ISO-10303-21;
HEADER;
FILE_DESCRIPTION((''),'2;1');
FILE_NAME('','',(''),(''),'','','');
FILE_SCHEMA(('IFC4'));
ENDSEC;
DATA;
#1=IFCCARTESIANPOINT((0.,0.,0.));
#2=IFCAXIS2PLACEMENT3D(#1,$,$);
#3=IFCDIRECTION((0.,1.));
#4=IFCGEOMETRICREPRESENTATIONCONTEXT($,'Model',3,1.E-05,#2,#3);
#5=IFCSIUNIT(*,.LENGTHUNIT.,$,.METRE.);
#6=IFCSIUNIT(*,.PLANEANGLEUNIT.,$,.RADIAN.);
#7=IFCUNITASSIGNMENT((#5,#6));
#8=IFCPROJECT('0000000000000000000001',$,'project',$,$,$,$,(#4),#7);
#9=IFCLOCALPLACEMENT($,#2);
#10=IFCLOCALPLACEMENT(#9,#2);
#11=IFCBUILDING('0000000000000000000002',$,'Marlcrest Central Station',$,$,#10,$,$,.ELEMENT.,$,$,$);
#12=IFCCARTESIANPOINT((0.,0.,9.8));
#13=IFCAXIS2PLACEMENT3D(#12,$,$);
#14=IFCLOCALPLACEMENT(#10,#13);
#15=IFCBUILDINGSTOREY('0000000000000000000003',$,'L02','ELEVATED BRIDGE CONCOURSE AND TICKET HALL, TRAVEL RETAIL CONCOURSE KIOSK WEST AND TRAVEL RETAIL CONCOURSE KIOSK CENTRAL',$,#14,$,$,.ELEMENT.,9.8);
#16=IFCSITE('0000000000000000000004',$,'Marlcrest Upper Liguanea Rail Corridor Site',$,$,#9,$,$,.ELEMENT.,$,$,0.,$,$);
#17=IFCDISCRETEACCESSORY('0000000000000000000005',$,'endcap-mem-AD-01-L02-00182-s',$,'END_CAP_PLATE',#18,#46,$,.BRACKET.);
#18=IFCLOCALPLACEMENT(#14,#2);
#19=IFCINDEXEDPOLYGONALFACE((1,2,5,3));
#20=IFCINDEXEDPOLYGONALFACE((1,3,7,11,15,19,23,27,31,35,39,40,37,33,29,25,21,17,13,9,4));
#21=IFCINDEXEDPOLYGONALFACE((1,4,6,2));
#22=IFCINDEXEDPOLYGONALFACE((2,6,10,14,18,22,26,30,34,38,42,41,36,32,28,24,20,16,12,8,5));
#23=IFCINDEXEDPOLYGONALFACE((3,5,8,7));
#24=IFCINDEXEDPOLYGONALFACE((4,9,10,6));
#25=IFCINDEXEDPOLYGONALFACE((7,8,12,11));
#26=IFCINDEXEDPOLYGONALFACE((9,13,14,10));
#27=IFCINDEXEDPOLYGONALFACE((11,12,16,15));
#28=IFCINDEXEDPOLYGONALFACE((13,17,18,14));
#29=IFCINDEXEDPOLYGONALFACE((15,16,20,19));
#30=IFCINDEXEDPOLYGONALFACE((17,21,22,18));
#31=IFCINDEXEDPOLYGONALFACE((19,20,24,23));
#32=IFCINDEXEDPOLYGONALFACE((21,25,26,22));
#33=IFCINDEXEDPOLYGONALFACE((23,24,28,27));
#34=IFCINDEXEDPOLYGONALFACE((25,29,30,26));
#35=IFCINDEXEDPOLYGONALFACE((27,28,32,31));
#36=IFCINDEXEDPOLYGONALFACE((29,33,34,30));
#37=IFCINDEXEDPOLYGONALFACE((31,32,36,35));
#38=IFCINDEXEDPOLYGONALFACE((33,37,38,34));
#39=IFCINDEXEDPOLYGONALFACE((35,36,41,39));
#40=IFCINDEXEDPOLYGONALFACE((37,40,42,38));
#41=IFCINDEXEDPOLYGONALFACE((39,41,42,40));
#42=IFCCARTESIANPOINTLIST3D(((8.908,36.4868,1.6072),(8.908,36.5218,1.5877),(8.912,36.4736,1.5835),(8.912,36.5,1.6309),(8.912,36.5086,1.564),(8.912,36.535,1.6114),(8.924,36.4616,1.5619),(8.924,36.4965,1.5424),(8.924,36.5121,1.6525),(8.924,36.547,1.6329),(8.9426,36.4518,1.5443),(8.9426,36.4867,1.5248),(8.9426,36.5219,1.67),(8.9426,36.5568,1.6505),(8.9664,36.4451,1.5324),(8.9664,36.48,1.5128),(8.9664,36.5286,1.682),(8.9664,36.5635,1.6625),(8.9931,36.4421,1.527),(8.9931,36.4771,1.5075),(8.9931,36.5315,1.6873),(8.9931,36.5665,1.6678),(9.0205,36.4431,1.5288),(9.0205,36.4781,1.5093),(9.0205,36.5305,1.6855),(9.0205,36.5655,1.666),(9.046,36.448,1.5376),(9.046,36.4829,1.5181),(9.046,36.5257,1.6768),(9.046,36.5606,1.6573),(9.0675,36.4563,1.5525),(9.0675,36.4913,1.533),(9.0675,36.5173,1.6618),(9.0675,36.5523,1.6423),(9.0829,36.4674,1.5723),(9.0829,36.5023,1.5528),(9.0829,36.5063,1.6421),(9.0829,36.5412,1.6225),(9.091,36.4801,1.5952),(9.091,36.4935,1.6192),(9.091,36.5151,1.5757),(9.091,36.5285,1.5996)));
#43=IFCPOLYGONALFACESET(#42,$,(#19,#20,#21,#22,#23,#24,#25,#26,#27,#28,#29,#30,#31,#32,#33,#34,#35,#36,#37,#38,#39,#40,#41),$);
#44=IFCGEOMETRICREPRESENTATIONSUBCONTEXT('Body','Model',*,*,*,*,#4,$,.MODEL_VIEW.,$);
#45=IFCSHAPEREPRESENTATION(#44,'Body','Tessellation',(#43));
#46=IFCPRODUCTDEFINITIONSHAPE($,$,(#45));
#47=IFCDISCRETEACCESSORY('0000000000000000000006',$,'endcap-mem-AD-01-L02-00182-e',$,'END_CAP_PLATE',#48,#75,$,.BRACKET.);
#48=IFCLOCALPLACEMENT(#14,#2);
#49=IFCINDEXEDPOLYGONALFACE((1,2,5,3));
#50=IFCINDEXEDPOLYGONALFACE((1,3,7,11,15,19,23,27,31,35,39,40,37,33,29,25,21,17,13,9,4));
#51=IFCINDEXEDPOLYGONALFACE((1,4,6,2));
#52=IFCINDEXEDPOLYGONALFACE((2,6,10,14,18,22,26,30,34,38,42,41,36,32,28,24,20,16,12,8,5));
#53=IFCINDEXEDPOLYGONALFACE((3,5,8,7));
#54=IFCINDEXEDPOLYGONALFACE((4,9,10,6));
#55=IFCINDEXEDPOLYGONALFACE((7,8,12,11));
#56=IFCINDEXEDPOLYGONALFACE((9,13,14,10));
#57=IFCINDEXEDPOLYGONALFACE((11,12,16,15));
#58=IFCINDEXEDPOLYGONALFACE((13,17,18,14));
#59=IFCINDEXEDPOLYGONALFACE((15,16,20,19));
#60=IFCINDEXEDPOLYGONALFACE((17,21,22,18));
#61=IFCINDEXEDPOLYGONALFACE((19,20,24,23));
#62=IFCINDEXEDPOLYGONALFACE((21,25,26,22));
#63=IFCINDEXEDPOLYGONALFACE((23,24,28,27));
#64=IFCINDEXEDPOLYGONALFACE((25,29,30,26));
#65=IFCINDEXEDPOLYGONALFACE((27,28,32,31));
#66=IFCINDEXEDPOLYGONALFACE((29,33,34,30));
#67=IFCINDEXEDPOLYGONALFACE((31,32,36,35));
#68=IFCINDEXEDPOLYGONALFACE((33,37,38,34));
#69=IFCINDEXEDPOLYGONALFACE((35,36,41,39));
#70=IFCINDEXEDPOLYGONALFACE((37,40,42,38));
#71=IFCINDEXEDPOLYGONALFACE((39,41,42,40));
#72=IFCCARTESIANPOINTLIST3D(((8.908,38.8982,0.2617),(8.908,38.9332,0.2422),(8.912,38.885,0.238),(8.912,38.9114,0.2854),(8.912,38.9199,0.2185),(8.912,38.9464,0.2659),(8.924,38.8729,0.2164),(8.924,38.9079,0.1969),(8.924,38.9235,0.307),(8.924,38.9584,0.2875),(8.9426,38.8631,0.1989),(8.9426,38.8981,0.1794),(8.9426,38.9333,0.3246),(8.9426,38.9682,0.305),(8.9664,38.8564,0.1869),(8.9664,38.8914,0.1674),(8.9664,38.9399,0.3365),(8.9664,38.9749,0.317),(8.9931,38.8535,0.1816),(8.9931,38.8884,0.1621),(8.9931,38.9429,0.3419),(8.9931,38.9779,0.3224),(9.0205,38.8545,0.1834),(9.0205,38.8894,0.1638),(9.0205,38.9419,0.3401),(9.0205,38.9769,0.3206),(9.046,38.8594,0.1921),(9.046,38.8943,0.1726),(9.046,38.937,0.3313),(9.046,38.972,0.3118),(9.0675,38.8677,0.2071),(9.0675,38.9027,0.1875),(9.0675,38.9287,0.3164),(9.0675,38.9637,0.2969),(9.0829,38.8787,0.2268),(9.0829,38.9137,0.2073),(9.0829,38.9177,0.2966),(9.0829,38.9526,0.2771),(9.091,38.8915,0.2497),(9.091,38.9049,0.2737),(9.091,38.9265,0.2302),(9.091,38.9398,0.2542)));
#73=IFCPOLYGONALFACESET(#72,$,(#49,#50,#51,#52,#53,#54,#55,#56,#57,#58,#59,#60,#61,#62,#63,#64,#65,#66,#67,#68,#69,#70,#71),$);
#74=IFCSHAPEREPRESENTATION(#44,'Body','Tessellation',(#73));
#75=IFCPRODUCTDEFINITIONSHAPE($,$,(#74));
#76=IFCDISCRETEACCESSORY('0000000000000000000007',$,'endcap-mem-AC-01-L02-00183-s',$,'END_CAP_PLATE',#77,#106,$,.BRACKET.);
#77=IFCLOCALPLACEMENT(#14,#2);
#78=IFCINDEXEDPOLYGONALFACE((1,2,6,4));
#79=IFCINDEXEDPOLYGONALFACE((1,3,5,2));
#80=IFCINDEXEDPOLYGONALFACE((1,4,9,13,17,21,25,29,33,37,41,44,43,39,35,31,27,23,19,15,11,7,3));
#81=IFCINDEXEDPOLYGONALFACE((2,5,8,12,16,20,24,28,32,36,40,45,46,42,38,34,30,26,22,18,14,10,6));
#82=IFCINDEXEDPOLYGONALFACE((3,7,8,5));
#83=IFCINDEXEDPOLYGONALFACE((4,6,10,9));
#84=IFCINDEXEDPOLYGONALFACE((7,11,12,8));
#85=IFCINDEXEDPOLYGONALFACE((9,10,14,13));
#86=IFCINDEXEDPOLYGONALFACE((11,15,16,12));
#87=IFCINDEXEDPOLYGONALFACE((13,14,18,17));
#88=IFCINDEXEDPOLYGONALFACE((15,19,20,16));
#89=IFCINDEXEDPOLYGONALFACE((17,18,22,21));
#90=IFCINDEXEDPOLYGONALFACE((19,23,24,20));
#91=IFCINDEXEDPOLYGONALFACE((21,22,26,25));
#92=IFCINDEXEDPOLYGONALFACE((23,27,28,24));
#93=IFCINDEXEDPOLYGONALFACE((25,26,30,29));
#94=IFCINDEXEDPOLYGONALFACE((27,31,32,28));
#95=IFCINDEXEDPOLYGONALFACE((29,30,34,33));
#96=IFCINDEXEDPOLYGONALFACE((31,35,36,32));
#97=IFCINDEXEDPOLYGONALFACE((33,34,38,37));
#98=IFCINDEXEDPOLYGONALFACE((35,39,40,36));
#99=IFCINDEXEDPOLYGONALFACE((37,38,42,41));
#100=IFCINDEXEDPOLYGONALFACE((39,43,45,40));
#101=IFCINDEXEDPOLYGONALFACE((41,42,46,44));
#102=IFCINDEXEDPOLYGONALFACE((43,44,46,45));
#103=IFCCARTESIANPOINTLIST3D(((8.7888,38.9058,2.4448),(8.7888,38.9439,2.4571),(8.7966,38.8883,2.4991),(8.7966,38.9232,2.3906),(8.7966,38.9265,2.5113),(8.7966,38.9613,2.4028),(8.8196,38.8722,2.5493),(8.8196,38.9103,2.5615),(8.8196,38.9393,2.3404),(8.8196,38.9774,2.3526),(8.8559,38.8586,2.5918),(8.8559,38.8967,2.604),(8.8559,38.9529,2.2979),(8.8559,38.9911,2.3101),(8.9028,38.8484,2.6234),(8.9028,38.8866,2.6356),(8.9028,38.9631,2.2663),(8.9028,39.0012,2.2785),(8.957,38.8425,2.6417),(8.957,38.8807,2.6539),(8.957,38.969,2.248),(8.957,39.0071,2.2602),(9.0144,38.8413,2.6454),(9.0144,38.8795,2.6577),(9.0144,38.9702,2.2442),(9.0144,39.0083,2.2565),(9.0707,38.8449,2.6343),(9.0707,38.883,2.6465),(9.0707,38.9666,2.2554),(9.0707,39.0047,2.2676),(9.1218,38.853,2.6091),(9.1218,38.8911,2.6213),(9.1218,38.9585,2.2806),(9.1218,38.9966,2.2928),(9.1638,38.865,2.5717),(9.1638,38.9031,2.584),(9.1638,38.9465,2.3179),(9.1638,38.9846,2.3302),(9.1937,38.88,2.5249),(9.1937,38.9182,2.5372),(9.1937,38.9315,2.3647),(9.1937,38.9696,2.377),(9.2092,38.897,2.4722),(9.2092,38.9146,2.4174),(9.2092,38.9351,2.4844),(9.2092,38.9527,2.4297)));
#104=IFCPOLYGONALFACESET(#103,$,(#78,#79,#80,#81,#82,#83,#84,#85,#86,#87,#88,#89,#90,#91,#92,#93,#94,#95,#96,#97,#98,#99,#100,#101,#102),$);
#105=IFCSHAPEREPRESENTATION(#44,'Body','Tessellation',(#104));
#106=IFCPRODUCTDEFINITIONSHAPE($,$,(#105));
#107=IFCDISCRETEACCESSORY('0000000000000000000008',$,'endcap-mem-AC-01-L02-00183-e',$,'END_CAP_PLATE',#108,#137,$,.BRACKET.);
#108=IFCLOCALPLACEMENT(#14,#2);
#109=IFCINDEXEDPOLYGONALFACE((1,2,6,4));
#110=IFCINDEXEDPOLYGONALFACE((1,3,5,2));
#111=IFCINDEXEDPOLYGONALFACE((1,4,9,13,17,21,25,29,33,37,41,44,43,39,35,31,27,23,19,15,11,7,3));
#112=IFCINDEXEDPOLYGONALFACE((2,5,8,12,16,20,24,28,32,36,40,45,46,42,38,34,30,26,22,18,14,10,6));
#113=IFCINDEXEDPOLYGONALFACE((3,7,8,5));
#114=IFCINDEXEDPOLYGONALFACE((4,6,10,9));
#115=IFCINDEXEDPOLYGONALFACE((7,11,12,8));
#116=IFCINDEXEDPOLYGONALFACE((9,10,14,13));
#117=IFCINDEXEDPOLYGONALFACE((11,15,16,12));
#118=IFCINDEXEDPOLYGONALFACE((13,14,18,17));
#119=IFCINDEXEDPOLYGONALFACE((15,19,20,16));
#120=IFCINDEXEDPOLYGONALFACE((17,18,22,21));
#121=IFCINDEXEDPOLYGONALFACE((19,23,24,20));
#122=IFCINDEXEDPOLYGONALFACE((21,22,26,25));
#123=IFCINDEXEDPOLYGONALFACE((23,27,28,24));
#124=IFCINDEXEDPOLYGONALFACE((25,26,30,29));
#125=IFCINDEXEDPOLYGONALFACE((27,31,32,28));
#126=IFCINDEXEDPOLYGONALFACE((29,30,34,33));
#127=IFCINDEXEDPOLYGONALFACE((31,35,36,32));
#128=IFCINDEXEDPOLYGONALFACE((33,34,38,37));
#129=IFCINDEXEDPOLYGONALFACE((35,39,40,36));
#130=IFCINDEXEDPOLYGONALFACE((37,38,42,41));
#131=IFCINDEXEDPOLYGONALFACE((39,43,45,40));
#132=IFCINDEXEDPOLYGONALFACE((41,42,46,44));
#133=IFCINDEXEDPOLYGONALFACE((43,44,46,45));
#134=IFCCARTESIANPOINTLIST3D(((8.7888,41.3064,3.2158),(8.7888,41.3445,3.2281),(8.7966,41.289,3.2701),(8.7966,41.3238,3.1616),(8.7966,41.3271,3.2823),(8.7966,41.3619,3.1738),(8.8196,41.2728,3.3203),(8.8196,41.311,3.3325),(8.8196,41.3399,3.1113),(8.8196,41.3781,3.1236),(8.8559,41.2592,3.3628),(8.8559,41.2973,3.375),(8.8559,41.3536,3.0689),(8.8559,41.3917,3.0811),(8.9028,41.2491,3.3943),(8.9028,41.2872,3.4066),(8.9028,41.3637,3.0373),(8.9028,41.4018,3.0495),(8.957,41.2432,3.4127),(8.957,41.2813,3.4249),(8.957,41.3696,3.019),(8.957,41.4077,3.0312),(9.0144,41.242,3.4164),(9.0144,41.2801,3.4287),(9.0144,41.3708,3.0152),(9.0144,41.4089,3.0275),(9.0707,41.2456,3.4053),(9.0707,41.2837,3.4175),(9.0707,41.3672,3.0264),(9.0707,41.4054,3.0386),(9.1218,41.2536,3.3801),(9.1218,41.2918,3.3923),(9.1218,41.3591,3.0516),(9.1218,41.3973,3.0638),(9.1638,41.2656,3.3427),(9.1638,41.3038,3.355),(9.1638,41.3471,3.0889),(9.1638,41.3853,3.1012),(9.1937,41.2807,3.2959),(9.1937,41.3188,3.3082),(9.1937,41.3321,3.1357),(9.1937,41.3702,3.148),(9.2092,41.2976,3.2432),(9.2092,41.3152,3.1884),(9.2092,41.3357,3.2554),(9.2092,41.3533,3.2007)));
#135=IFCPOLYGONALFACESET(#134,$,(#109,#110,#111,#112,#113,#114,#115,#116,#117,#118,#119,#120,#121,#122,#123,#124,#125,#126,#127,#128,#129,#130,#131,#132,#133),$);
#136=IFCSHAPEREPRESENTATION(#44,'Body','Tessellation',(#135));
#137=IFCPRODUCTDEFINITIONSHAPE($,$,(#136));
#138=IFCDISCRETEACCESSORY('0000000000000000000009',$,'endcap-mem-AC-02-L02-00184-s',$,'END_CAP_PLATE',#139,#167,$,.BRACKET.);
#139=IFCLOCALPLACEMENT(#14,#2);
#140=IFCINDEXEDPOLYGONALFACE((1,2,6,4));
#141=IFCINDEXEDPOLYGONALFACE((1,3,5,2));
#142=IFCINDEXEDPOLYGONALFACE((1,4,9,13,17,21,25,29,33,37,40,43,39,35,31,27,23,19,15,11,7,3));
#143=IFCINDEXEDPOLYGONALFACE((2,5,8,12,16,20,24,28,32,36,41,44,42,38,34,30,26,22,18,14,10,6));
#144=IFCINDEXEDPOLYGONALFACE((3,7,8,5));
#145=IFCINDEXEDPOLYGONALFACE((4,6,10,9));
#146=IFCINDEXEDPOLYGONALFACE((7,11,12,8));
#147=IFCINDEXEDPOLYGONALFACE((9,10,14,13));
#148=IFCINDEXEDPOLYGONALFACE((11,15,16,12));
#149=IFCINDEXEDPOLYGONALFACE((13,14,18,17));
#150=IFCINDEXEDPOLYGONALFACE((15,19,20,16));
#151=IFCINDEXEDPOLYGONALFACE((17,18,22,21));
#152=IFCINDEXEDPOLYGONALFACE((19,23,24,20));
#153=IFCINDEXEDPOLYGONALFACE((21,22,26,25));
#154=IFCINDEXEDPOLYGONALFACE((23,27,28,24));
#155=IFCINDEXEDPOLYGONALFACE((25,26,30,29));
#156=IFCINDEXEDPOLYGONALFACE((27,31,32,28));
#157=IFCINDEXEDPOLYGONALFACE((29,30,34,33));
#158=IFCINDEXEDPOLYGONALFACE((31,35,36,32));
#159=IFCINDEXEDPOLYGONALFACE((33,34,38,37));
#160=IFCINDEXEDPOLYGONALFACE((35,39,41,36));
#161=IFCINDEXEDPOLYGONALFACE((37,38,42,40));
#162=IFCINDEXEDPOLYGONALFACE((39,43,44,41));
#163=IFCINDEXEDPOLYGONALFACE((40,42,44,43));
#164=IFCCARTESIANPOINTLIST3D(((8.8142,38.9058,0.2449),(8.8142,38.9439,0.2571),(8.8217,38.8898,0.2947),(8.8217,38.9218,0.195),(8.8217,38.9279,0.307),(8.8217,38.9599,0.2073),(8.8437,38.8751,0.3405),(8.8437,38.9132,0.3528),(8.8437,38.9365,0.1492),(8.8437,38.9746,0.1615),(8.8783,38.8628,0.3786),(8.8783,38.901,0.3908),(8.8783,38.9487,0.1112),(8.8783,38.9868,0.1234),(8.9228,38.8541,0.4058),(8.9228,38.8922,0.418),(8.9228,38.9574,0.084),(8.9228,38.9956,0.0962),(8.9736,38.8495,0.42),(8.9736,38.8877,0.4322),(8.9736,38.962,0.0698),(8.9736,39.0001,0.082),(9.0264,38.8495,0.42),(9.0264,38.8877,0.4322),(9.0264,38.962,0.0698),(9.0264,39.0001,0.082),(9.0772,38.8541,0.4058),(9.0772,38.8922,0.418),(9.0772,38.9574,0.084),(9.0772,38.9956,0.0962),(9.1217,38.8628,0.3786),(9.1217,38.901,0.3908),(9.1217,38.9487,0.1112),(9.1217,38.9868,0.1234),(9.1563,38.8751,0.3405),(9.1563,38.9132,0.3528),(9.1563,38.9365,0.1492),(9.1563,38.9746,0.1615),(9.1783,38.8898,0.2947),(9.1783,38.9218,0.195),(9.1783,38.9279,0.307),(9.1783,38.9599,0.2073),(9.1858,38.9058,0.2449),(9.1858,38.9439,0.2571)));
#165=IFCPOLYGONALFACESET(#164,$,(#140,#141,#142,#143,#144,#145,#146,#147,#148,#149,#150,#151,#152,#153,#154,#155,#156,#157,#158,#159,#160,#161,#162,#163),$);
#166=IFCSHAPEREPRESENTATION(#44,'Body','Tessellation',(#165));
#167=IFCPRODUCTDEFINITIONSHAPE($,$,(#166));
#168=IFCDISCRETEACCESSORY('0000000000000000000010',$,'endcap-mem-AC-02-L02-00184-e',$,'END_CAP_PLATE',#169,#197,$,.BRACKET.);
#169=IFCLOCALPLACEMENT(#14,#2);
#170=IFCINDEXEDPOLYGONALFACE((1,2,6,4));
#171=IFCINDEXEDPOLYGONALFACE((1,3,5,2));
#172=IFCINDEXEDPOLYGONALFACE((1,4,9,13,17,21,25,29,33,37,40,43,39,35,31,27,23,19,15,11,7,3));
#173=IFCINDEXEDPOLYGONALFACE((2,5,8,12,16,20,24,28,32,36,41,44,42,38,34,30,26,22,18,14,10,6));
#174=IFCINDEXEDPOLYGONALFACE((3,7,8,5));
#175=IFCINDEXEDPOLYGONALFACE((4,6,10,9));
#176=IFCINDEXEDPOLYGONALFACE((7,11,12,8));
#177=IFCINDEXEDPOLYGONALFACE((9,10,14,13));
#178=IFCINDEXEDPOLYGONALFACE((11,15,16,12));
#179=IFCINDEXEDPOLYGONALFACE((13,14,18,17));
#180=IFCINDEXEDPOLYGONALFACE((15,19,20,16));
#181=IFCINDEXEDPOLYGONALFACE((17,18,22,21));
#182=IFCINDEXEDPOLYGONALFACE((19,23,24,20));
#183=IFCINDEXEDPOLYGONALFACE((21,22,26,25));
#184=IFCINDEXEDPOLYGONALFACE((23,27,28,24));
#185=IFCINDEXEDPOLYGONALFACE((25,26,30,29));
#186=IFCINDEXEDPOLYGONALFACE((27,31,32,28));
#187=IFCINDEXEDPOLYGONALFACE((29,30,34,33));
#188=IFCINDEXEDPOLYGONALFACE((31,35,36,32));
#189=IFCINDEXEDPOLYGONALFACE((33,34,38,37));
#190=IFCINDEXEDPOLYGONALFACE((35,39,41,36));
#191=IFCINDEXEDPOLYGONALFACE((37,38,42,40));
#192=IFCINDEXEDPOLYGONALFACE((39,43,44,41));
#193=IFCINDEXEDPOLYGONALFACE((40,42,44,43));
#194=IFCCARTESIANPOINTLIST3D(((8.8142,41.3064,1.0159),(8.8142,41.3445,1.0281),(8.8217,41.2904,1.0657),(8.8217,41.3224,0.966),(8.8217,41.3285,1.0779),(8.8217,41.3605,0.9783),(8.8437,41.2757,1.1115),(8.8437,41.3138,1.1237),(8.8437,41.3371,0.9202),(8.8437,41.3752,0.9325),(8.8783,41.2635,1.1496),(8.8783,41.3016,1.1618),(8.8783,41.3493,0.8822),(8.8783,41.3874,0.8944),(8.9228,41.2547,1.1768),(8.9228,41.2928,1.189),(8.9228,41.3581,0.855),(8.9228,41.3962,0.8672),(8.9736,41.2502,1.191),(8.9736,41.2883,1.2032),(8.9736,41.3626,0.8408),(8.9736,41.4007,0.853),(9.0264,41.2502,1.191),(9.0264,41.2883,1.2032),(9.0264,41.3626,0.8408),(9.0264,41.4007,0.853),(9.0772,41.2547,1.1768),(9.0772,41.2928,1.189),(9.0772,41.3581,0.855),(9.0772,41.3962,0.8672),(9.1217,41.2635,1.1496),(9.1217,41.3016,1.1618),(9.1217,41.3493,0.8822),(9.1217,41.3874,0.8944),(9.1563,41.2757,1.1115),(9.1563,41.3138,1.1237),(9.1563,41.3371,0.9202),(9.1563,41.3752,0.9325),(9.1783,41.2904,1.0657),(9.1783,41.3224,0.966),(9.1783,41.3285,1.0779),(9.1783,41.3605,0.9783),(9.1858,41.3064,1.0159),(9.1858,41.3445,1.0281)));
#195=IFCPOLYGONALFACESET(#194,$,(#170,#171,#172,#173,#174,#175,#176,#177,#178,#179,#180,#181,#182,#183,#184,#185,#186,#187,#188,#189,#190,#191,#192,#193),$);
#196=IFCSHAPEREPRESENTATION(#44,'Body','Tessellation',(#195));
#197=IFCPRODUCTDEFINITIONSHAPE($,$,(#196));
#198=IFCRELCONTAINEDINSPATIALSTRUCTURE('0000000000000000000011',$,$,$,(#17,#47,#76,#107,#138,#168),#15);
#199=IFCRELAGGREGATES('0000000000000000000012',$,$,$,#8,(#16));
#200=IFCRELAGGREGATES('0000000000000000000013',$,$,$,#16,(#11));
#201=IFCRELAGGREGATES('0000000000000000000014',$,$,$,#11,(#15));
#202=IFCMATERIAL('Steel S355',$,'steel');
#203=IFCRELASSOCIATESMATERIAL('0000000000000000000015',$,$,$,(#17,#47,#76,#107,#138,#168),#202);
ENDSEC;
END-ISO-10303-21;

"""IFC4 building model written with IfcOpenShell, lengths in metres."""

from ifc_helpers import new_model, si_unit, direction, frame, origin, origin_2d, place, context, subcontext, project, spatial, circle, extrude, material, element, save


model = new_model("IFC4")

# Units and contexts
model_context = context("Model", 3, precision=1e-05, world=origin(), true_north=direction((0.0, 1.0)))
body_context = subcontext(model_context, "Body", "Model", "MODEL_VIEW")
ifc_project = project(units=[si_unit("LENGTHUNIT", "METRE"), si_unit("PLANEANGLEUNIT", "RADIAN")], contexts=[model_context])

# Site, building, storey
site_placement = place(None, origin())
site = spatial("IfcSite", under=ifc_project, at=site_placement, Name="Marlcrest Upper Liguanea Rail Corridor Site", CompositionType="ELEMENT", RefElevation=0.0)
building_placement = place(site_placement, origin())
building = spatial("IfcBuilding", under=site, at=building_placement, Name="Marlcrest Central Station", CompositionType="ELEMENT")
storey_placement = place(building_placement, frame((0.0, 0.0, 9.8)))
storey = spatial("IfcBuildingStorey", under=building, at=storey_placement, Name="L02", Description="ELEVATED BRIDGE CONCOURSE AND TICKET HALL, TRAVEL RETAIL CONCOURSE KIOSK WEST AND TRAVEL RETAIL CONCOURSE KIOSK CENTRAL", CompositionType="ELEMENT", Elevation=9.8)

# Shared definitions
ifc_material_1 = material(Name="Steel S355", Category="steel")

# Discrete accessories
for number, where, z_axis, x_axis, name in (
    (1, (9.0, 36.4868, 1.6072), (0.0, 0.873246, -0.48728), (-1.0, 0.0, 0.0), "endcap-mem-AD-01-L02-00182-s"),
    (2, (9.0, 38.8982, 0.2617), (0.0, 0.873246, -0.48728), (-1.0, 0.0, 0.0), "endcap-mem-AD-01-L02-00182-e"),
):
    element("IfcDiscreteAccessory", number, at=place(storey_placement, frame(where, z_axis=z_axis, x_axis=x_axis)), inside=storey, material=ifc_material_1, Name=name, ObjectType="END_CAP_PLATE", PredefinedType="BRACKET", context=body_context, shape_type="SweptSolid", body=[
        extrude(circle(Radius=0.092, at=origin_2d()), origin(), (0.0, 0.0, 1.0), 0.04),
    ])
for number, where, z_axis, x_axis, name in (
    (3, (9.0, 38.9058, 2.4448), (0.0, 0.952117, 0.305734), (-1.0, 0.0, 0.0), "endcap-mem-AC-01-L02-00183-s"),
    (4, (9.0, 41.3064, 3.2158), (0.0, 0.952117, 0.305734), (-1.0, 0.0, 0.0), "endcap-mem-AC-01-L02-00183-e"),
):
    element("IfcDiscreteAccessory", number, at=place(storey_placement, frame(where, z_axis=z_axis, x_axis=x_axis)), inside=storey, material=ifc_material_1, Name=name, ObjectType="END_CAP_PLATE", PredefinedType="BRACKET", context=body_context, shape_type="SweptSolid", body=[
        extrude(circle(Radius=0.2112, at=origin_2d()), origin(), (0.0, 0.0, 1.0), 0.04),
    ])
for number, where, z_axis, x_axis, name in (
    (5, (9.0, 38.9058, 0.2449), (0.0, 0.952117, 0.305734), (-1.0, 0.0, 0.0), "endcap-mem-AC-02-L02-00184-s"),
    (6, (9.0, 41.3064, 1.0159), (0.0, 0.952117, 0.305734), (-1.0, 0.0, 0.0), "endcap-mem-AC-02-L02-00184-e"),
):
    element("IfcDiscreteAccessory", number, at=place(storey_placement, frame(where, z_axis=z_axis, x_axis=x_axis)), inside=storey, material=ifc_material_1, Name=name, ObjectType="END_CAP_PLATE", PredefinedType="BRACKET", context=body_context, shape_type="SweptSolid", body=[
        extrude(circle(Radius=0.1858, at=origin_2d()), origin(), (0.0, 0.0, 1.0), 0.04),
    ])

save(model, "model.ifc")
